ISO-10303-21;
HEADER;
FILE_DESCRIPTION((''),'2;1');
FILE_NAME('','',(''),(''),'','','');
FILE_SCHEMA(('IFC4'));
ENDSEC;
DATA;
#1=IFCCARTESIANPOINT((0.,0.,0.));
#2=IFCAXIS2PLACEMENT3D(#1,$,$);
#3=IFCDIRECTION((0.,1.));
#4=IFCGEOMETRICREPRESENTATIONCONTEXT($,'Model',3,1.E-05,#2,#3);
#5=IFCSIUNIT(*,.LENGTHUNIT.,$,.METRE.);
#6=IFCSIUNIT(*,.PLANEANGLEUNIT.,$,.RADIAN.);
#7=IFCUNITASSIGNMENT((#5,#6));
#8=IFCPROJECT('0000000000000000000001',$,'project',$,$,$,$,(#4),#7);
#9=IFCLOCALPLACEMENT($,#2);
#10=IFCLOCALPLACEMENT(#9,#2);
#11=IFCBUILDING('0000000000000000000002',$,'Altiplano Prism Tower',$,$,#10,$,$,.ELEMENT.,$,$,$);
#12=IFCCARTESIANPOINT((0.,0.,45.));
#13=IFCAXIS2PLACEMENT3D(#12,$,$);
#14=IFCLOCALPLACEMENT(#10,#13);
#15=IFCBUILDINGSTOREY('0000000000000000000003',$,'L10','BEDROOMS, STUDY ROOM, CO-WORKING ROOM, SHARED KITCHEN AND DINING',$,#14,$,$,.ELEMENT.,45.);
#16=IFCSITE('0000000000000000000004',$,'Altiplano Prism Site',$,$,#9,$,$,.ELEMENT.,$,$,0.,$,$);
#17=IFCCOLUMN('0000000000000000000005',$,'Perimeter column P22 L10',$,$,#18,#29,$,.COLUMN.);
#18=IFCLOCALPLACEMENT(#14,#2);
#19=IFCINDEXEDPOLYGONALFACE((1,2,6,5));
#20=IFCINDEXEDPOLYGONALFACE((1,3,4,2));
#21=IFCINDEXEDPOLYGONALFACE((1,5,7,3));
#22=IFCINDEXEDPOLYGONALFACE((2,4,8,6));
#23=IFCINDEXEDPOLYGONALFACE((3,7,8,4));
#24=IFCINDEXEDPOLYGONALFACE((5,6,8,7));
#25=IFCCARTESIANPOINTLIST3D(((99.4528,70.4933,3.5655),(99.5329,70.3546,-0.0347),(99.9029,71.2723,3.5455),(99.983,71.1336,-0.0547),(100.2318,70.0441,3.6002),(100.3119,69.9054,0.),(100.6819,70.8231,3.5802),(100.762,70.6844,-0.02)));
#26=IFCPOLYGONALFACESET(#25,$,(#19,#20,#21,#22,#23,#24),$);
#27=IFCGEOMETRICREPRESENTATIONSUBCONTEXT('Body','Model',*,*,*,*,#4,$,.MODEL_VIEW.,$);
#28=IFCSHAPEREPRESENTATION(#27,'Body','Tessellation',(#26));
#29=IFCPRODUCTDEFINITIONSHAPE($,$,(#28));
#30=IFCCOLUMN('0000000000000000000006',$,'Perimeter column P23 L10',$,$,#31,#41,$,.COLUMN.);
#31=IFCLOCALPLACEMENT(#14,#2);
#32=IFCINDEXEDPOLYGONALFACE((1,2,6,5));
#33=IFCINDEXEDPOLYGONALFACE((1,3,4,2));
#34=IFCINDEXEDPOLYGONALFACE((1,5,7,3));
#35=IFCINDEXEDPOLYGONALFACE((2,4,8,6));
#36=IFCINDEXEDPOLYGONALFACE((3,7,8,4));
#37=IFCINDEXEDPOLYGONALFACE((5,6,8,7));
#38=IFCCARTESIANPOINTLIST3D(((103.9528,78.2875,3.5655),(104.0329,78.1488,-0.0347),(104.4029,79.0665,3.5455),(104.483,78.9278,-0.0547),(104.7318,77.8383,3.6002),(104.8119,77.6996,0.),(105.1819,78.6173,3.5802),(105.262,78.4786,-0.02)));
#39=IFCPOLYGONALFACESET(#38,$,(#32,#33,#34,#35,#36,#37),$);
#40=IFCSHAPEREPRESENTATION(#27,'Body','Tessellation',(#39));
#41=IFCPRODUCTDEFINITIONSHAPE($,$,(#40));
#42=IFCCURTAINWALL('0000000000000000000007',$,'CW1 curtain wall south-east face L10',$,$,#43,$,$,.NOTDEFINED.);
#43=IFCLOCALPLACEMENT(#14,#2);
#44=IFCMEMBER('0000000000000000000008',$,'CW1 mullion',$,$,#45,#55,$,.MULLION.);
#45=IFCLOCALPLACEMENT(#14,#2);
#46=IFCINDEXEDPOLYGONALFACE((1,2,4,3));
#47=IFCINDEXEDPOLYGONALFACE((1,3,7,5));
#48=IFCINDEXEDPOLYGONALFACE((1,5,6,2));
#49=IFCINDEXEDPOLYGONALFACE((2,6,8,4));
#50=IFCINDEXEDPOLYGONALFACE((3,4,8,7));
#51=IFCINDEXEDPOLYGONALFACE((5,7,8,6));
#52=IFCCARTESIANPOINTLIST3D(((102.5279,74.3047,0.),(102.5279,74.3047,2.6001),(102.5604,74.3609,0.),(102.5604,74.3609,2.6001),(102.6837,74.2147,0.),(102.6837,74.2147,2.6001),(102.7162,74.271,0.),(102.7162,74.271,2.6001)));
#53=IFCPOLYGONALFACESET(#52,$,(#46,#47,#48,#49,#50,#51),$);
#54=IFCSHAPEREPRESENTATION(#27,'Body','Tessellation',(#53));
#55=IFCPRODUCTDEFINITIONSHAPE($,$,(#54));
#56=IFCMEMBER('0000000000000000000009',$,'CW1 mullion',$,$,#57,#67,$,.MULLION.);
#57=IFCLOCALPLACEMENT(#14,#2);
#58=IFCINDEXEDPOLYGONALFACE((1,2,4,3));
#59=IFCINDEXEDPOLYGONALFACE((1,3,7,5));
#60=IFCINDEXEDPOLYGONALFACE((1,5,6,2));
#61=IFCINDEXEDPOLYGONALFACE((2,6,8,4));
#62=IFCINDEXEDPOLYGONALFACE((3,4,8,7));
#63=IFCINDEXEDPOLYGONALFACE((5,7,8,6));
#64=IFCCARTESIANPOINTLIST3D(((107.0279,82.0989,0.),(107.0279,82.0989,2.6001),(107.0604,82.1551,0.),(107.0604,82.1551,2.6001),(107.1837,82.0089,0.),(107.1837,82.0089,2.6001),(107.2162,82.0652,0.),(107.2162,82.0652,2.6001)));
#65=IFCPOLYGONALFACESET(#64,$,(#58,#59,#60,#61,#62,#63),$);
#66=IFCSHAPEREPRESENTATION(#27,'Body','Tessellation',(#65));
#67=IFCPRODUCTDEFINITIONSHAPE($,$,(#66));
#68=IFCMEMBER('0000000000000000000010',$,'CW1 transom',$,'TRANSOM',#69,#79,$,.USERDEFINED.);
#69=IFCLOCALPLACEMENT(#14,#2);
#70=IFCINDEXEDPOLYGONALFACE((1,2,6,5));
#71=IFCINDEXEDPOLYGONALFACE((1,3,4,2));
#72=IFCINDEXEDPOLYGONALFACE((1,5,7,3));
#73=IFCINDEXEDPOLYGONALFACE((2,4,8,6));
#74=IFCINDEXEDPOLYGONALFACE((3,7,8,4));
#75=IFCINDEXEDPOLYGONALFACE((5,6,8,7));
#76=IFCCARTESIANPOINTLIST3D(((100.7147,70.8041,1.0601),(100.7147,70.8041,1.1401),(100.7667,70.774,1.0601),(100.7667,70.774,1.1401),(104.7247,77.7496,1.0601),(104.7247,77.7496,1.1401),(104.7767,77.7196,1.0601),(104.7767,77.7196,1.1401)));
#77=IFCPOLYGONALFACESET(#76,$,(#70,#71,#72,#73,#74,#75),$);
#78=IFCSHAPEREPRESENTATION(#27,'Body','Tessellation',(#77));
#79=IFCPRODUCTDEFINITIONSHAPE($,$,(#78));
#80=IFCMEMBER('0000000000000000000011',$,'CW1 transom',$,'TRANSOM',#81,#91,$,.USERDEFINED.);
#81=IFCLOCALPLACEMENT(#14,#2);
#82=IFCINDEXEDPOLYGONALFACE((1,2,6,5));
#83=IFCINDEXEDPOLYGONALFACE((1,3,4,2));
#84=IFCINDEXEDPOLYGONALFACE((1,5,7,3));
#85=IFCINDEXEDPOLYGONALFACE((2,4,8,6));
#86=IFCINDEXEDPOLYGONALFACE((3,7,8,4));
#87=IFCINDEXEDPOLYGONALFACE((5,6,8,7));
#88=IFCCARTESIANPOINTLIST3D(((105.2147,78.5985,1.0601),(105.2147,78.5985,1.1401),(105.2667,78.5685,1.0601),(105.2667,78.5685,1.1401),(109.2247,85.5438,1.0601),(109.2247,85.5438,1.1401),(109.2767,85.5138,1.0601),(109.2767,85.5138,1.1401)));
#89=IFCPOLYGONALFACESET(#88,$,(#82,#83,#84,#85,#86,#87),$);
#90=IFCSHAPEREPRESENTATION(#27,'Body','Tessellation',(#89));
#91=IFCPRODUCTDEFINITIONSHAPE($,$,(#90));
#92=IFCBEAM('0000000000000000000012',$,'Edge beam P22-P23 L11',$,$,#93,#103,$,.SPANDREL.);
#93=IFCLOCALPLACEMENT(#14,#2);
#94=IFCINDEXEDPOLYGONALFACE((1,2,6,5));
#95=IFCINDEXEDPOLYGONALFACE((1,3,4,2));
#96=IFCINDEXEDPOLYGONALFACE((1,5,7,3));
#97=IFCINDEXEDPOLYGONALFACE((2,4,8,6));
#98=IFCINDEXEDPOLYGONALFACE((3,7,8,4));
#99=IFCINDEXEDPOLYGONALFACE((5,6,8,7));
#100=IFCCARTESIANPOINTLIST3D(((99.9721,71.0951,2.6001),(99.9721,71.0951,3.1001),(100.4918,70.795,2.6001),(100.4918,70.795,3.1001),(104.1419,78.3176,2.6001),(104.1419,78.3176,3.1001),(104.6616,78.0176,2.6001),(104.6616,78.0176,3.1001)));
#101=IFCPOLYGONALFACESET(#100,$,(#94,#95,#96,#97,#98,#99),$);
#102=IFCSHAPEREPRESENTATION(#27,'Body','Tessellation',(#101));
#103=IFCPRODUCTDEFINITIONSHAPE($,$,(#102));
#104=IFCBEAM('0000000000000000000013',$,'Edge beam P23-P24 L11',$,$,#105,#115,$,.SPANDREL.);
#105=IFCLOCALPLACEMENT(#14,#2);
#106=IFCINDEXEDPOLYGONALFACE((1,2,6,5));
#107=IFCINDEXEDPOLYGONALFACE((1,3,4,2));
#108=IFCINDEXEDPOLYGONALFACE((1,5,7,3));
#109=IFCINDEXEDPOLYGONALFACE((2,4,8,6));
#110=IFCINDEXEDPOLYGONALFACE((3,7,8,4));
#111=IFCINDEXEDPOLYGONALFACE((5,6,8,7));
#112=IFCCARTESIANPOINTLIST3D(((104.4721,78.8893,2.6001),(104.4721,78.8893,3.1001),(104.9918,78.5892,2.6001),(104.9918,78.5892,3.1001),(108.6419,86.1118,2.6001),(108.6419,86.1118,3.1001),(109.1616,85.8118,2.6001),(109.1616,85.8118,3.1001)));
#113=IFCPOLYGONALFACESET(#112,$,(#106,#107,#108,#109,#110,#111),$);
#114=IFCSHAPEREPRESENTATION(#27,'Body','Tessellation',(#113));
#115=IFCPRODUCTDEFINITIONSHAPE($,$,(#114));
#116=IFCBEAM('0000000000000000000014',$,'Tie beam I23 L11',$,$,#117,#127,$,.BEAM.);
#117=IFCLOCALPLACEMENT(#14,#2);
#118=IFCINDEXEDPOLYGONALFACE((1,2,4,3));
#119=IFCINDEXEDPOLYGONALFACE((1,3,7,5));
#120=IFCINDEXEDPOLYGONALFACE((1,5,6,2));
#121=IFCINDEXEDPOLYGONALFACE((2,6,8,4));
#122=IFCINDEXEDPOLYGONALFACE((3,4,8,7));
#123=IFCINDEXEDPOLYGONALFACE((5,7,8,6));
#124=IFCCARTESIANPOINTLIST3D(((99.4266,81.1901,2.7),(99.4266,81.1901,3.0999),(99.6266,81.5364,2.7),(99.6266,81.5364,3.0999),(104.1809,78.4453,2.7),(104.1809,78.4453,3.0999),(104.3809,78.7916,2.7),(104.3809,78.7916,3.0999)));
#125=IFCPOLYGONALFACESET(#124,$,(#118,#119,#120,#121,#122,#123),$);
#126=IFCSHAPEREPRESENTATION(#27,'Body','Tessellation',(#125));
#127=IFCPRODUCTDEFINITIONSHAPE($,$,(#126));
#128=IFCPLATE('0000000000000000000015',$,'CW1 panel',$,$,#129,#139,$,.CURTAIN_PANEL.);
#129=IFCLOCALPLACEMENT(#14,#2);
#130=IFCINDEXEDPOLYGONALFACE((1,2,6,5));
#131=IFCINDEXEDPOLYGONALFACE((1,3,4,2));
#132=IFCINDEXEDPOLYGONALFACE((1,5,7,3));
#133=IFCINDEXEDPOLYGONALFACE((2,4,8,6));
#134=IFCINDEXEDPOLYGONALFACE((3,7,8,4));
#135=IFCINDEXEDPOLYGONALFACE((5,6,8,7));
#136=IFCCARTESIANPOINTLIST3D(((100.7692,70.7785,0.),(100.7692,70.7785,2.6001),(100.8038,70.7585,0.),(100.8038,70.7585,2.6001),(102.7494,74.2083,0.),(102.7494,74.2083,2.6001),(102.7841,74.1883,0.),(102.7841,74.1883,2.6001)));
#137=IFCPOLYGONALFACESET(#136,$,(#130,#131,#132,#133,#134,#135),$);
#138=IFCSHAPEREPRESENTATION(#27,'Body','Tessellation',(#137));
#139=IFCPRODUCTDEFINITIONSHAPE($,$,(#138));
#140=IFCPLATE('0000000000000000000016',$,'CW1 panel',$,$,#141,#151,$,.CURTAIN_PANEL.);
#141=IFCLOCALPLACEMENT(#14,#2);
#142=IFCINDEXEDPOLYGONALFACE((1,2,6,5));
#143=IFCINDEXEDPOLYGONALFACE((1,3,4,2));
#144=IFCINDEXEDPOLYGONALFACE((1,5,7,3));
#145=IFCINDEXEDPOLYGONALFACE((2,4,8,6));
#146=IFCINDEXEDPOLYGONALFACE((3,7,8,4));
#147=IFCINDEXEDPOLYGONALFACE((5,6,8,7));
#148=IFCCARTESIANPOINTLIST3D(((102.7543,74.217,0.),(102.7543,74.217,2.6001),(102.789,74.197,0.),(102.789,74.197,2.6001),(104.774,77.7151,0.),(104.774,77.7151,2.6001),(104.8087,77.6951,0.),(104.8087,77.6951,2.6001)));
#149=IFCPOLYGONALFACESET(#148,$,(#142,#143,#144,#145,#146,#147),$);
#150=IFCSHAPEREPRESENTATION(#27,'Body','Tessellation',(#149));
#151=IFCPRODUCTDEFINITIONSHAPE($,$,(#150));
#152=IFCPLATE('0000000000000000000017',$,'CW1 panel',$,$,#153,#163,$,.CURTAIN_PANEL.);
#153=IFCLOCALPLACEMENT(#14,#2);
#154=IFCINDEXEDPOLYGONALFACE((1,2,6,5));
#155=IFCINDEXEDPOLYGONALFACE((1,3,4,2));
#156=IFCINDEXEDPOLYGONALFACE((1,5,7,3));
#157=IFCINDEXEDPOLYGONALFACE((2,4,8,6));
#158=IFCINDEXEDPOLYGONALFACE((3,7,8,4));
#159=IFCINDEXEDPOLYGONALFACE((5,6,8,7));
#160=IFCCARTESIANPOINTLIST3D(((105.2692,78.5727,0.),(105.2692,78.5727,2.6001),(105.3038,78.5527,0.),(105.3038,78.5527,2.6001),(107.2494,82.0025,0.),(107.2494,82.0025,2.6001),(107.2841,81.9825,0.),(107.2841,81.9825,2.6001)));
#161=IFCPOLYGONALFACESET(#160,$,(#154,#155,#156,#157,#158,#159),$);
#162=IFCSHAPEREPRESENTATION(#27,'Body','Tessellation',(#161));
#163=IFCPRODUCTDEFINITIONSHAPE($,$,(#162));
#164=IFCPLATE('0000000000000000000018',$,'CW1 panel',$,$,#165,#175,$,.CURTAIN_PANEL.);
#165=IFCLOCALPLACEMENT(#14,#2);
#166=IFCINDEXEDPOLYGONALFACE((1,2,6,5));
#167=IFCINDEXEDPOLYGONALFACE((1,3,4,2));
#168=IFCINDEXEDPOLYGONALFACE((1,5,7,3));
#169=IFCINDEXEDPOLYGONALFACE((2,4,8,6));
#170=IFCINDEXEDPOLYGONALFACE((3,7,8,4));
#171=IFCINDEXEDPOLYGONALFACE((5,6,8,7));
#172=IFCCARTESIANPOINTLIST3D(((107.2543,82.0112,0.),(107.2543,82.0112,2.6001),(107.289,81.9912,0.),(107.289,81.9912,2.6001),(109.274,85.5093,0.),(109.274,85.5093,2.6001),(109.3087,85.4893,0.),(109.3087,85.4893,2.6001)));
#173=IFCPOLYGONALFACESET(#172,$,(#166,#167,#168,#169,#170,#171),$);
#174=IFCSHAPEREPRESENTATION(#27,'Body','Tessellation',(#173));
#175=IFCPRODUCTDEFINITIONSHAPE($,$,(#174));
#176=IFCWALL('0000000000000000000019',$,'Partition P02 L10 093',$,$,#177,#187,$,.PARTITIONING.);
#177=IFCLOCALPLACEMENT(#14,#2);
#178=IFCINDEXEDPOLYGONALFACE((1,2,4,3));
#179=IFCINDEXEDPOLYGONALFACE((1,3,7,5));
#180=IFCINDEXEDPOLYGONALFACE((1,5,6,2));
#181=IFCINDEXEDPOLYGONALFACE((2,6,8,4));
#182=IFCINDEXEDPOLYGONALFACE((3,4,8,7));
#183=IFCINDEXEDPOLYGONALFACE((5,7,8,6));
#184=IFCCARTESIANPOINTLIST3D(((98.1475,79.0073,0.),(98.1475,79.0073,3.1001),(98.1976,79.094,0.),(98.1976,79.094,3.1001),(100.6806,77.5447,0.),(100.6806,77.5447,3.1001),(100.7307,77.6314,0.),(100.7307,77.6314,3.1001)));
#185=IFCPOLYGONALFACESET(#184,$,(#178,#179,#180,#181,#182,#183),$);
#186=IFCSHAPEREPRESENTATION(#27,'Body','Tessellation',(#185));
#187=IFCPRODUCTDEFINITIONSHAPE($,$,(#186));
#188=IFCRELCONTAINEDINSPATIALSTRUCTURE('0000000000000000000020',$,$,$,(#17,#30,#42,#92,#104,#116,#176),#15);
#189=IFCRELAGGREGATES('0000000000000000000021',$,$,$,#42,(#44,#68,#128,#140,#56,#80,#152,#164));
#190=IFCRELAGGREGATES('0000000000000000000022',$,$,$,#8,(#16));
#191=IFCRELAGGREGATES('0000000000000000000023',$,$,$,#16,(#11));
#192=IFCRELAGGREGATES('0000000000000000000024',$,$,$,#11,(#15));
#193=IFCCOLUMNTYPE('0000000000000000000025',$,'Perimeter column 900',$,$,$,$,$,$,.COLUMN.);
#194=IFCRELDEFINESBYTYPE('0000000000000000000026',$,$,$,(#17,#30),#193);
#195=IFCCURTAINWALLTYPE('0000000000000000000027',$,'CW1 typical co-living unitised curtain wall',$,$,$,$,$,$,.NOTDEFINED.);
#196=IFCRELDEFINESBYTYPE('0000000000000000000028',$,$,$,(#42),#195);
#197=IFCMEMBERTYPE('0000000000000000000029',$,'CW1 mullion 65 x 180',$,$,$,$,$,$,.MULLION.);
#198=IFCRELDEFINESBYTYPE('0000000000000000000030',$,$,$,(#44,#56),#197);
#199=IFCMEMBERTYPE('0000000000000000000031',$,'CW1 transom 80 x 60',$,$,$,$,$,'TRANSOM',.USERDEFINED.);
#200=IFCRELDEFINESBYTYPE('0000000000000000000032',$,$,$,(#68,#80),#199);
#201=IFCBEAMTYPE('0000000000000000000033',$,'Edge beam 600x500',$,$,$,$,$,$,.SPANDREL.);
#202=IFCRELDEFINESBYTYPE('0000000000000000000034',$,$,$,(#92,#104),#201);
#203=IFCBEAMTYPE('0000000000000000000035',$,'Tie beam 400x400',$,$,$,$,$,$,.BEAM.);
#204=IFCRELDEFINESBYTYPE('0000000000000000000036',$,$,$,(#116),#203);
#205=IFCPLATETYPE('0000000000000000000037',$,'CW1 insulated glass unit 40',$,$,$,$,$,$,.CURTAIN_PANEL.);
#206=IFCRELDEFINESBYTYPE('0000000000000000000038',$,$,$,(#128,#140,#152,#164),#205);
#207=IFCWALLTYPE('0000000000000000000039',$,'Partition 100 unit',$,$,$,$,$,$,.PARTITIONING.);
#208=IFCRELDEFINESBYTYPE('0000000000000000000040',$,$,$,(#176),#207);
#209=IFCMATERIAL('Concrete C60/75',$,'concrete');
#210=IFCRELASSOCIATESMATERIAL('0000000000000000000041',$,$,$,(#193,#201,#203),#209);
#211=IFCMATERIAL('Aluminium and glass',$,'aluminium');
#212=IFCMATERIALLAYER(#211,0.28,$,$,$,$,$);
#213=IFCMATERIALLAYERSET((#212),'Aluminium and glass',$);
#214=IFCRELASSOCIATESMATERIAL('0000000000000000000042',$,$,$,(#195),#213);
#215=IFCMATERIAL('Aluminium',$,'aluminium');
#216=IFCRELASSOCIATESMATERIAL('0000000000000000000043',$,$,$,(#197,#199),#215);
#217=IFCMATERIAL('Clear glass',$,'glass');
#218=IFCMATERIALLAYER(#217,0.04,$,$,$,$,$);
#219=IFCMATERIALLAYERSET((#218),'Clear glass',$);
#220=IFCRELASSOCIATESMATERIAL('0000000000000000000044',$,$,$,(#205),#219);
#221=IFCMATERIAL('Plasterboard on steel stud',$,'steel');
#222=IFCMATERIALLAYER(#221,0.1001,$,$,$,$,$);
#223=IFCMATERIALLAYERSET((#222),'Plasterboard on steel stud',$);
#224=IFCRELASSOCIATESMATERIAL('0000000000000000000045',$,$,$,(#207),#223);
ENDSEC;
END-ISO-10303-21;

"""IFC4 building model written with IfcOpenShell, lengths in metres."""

from ifc_helpers import new_model, si_unit, direction, frame, frame_2d, origin, origin_2d, place, context, subcontext, project, spatial, rectangle, extrude, material, layer, layer_set, material_profile, profile_set, type_object, element, aggregate, save


model = new_model("IFC4")

# Units and contexts
model_context = context("Model", 3, precision=1e-05, world=origin(), true_north=direction((0.0, 1.0)))
body_context = subcontext(model_context, "Body", "Model", "MODEL_VIEW")
ifc_project = project(units=[si_unit("LENGTHUNIT", "METRE"), si_unit("PLANEANGLEUNIT", "RADIAN")], contexts=[model_context])

# Site, building, storey
site_placement = place(None, origin())
site = spatial("IfcSite", under=ifc_project, at=site_placement, Name="Altiplano Prism Site", CompositionType="ELEMENT", RefElevation=0.0)
building_placement = place(site_placement, origin())
building = spatial("IfcBuilding", under=site, at=building_placement, Name="Altiplano Prism Tower", CompositionType="ELEMENT")
storey_placement = place(building_placement, frame((0.0, 0.0, 45.0)))
storey = spatial("IfcBuildingStorey", under=building, at=storey_placement, Name="L10", Description="BEDROOMS, STUDY ROOM, CO-WORKING ROOM, SHARED KITCHEN AND DINING", CompositionType="ELEMENT", Elevation=45.0)

# Columns
ifc_material_1 = material(Name="Concrete C60/75", Category="concrete")
ifc_material_profile_1 = material_profile(ifc_material_1, rectangle(XDim=0.8999, YDim=0.8999, at=origin_2d()), Name="Perimeter column 900")
ifc_profile_set_1 = profile_set([ifc_material_profile_1], Name="Concrete C60/75")
column_type = type_object("IfcColumnType", Name="Perimeter column 900", PredefinedType="COLUMN", material=ifc_profile_set_1)
for number, where, z_axis, x_axis, name in (
    (1, (100.1475, 70.5195, -0.0273), (-0.022221, 0.038481, 0.999012), (-0.500175, -0.86564, 0.022218), "Perimeter column P22 L10"),
    (2, (104.6475, 78.3137, -0.0273), (-0.022221, 0.038481, 0.999012), (-0.500179, -0.865637, 0.022218), "Perimeter column P23 L10"),
):
    element("IfcColumn", number, at=place(storey_placement, frame(where, z_axis=z_axis, x_axis=x_axis)), inside=storey, type_object=column_type, Name=name, PredefinedType="COLUMN", context=body_context, shape_type="SweptSolid", body=[
        extrude(rectangle(XDim=0.8999, YDim=0.8999, at=origin_2d()), origin(), (0.0, 0.0, 1.0), 3.6038),
    ])

# Curtain wall, members
ifc_material_2 = material(Name="Aluminium and glass", Category="aluminium")
ifc_layer_1 = layer(ifc_material_2, 0.28)
ifc_layer_set_1 = layer_set([ifc_layer_1], Name="Aluminium and glass")
curtain_wall_type = type_object("IfcCurtainWallType", Name="CW1 typical co-living unitised curtain wall", PredefinedType="NOTDEFINED", material=ifc_layer_set_1)
curtain_wall_placement = place(storey_placement, origin())
curtain_wall = element("IfcCurtainWall", 3, at=curtain_wall_placement, inside=storey, type_object=curtain_wall_type, Name="CW1 curtain wall south-east face L10", PredefinedType="NOTDEFINED")
ifc_material_3 = material(Name="Aluminium", Category="aluminium")
ifc_material_profile_2 = material_profile(ifc_material_3, rectangle(XDim=0.1799, YDim=0.0649, at=origin_2d()), Name="CW1 mullion 65 x 180")
ifc_profile_set_2 = profile_set([ifc_material_profile_2], Name="Aluminium")
member_type_1 = type_object("IfcMemberType", Name="CW1 mullion 65 x 180", PredefinedType="MULLION", material=ifc_profile_set_2)
member_1_placement = place(storey_placement, frame((102.6221, 74.2878, 0.0), z_axis=(0.0, 0.0, 1.0), x_axis=(-0.866025, 0.5, 0.0)))
member_1 = element("IfcMember", 4, at=member_1_placement, type_object=member_type_1, Name="CW1 mullion", PredefinedType="MULLION", context=body_context, shape_type="SweptSolid", body=[
    extrude(rectangle(XDim=0.1799, YDim=0.0649, at=origin_2d()), origin(), (0.0, 0.0, 1.0), 2.6001),
])
member_2_placement = place(storey_placement, frame((107.1221, 82.082, 0.0), z_axis=(0.0, 0.0, 1.0), x_axis=(-0.866025, 0.5, 0.0)))
member_2 = element("IfcMember", 5, at=member_2_placement, type_object=member_type_1, Name="CW1 mullion", PredefinedType="MULLION", context=body_context, shape_type="SweptSolid", body=[
    extrude(rectangle(XDim=0.1799, YDim=0.0649, at=origin_2d()), origin(), (0.0, 0.0, 1.0), 2.6001),
])
ifc_material_profile_3 = material_profile(ifc_material_3, rectangle(XDim=0.0601, YDim=0.0801, at=origin_2d()), Name="CW1 transom 80 x 60")
ifc_profile_set_3 = profile_set([ifc_material_profile_3], Name="Aluminium")
member_type_2 = type_object("IfcMemberType", Name="CW1 transom 80 x 60", ElementType="TRANSOM", PredefinedType="USERDEFINED", material=ifc_profile_set_3)
member_3_placement = place(storey_placement, frame((100.7407, 70.7891, 1.1001), z_axis=(0.499999, 0.866026, 0.0), x_axis=(-0.866026, 0.499999, 0.0)))
member_3 = element("IfcMember", 6, at=member_3_placement, type_object=member_type_2, Name="CW1 transom", ObjectType="TRANSOM", PredefinedType="USERDEFINED", context=body_context, shape_type="SweptSolid", body=[
    extrude(rectangle(XDim=0.0601, YDim=0.0801, at=origin_2d()), origin(), (0.0, 0.0, 1.0), 8.02),
])
member_4_placement = place(storey_placement, frame((105.2407, 78.5835, 1.1001), z_axis=(0.500012, 0.866018, 0.0), x_axis=(-0.866018, 0.500012, 0.0)))
member_4 = element("IfcMember", 7, at=member_4_placement, type_object=member_type_2, Name="CW1 transom", ObjectType="TRANSOM", PredefinedType="USERDEFINED", context=body_context, shape_type="SweptSolid", body=[
    extrude(rectangle(XDim=0.0601, YDim=0.0801, at=origin_2d()), origin(), (0.0, 0.0, 1.0), 8.0198),
])

# Beams
ifc_material_profile_4 = material_profile(ifc_material_1, rectangle(XDim=0.6001, YDim=0.5, at=origin_2d()), Name="Edge beam 600x500")
ifc_profile_set_4 = profile_set([ifc_material_profile_4], Name="Concrete C60/75")
beam_type_1 = type_object("IfcBeamType", Name="Edge beam 600x500", PredefinedType="SPANDREL", material=ifc_profile_set_4)
for number, where, z_axis, x_axis, name in (
    (8, (100.2319, 70.9451, 2.8501), (0.499993, 0.86603, 0.0), (-0.86603, 0.499993, 0.0), "Edge beam P22-P23 L11"),
    (9, (104.7319, 78.7393, 2.8501), (0.499993, 0.86603, 0.0), (-0.86603, 0.499993, 0.0), "Edge beam P23-P24 L11"),
):
    element("IfcBeam", number, at=place(storey_placement, frame(where, z_axis=z_axis, x_axis=x_axis)), inside=storey, type_object=beam_type_1, Name=name, PredefinedType="SPANDREL", context=body_context, shape_type="SweptSolid", body=[
        extrude(rectangle(XDim=0.6001, YDim=0.5, at=origin_2d()), origin(), (0.0, 0.0, 1.0), 8.3398),
    ])
ifc_material_profile_5 = material_profile(ifc_material_1, rectangle(XDim=0.3999, YDim=0.3999, at=origin_2d()), Name="Tie beam 400x400")
ifc_profile_set_5 = profile_set([ifc_material_profile_5], Name="Concrete C60/75")
beam_type_2 = type_object("IfcBeamType", Name="Tie beam 400x400", PredefinedType="BEAM", material=ifc_profile_set_5)
beam_placement = place(storey_placement, frame((99.5266, 81.3633, 2.8999), z_axis=(0.866032, -0.499989, 0.0), x_axis=(0.499989, 0.866032, 0.0)))
element("IfcBeam", 10, at=beam_placement, inside=storey, type_object=beam_type_2, Name="Tie beam I23 L11", PredefinedType="BEAM", context=body_context, shape_type="SweptSolid", body=[
    extrude(rectangle(XDim=0.3999, YDim=0.3999, at=origin_2d()), origin(), (0.0, 0.0, 1.0), 5.4897),
])

# Plates
ifc_material_4 = material(Name="Clear glass", Category="glass")
ifc_layer_2 = layer(ifc_material_4, 0.04)
ifc_layer_set_2 = layer_set([ifc_layer_2], Name="Clear glass")
plate_type = type_object("IfcPlateType", Name="CW1 insulated glass unit 40", PredefinedType="CURTAIN_PANEL", material=ifc_layer_set_2)
plate_1_placement = place(storey_placement, frame((101.7766, 72.4834, 0.0), z_axis=(0.0, 0.0, 1.0), x_axis=(0.5, 0.866025, 0.0)))
plate_1 = element("IfcPlate", 11, at=plate_1_placement, type_object=plate_type, Name="CW1 panel", PredefinedType="CURTAIN_PANEL", context=body_context, shape_type="SweptSolid", body=[
    extrude(rectangle(XDim=3.9604, YDim=0.04, at=origin_2d()), origin(), (0.0, 0.0, 1.0), 2.6001),
])
plate_2_placement = place(storey_placement, frame((103.7815, 75.9561, 0.0), z_axis=(0.0, 0.0, 1.0), x_axis=(0.5, 0.866025, 0.0)))
plate_2 = element("IfcPlate", 12, at=plate_2_placement, type_object=plate_type, Name="CW1 panel", PredefinedType="CURTAIN_PANEL", context=body_context, shape_type="SweptSolid", body=[
    extrude(rectangle(XDim=4.0393, YDim=0.04, at=origin_2d()), origin(), (0.0, 0.0, 1.0), 2.6001),
])
plate_3_placement = place(storey_placement, frame((106.2766, 80.2776, 0.0), z_axis=(0.0, 0.0, 1.0), x_axis=(0.5, 0.866025, 0.0)))
plate_3 = element("IfcPlate", 13, at=plate_3_placement, type_object=plate_type, Name="CW1 panel", PredefinedType="CURTAIN_PANEL", context=body_context, shape_type="SweptSolid", body=[
    extrude(rectangle(XDim=3.9604, YDim=0.04, at=origin_2d()), origin(), (0.0, 0.0, 1.0), 2.6001),
])
plate_4_placement = place(storey_placement, frame((108.2815, 83.7502, 0.0), z_axis=(0.0, 0.0, 1.0), x_axis=(0.5, 0.866025, 0.0)))
plate_4 = element("IfcPlate", 14, at=plate_4_placement, type_object=plate_type, Name="CW1 panel", PredefinedType="CURTAIN_PANEL", context=body_context, shape_type="SweptSolid", body=[
    extrude(rectangle(XDim=4.0393, YDim=0.04, at=origin_2d()), origin(), (0.0, 0.0, 1.0), 2.6001),
])
aggregate(curtain_wall, [member_1, member_3, plate_1, plate_2, member_2, member_4, plate_3, plate_4])

# Wall
ifc_material_5 = material(Name="Plasterboard on steel stud", Category="steel")
ifc_layer_3 = layer(ifc_material_5, 0.1001)
ifc_layer_set_3 = layer_set([ifc_layer_3], Name="Plasterboard on steel stud")
wall_type_1 = type_object("IfcWallType", Name="Partition 100 unit", PredefinedType="PARTITIONING", material=ifc_layer_set_3)
wall_1_placement = place(storey_placement, frame((100.7056, 77.5881, 0.0), z_axis=(0.0, 0.0, 1.0), x_axis=(-0.86601, 0.500026, 0.0)))
element("IfcWall", 15, at=wall_1_placement, inside=storey, type_object=wall_type_1, Name="Partition P02 L10 093", PredefinedType="PARTITIONING", context=body_context, shape_type="SweptSolid", body=[
    extrude(rectangle(XDim=2.925, YDim=0.1001, at=frame_2d((1.4624, 0.0))), origin(), (0.0, 0.0, 1.0), 3.1001),
])

save(model, "model.ifc")
